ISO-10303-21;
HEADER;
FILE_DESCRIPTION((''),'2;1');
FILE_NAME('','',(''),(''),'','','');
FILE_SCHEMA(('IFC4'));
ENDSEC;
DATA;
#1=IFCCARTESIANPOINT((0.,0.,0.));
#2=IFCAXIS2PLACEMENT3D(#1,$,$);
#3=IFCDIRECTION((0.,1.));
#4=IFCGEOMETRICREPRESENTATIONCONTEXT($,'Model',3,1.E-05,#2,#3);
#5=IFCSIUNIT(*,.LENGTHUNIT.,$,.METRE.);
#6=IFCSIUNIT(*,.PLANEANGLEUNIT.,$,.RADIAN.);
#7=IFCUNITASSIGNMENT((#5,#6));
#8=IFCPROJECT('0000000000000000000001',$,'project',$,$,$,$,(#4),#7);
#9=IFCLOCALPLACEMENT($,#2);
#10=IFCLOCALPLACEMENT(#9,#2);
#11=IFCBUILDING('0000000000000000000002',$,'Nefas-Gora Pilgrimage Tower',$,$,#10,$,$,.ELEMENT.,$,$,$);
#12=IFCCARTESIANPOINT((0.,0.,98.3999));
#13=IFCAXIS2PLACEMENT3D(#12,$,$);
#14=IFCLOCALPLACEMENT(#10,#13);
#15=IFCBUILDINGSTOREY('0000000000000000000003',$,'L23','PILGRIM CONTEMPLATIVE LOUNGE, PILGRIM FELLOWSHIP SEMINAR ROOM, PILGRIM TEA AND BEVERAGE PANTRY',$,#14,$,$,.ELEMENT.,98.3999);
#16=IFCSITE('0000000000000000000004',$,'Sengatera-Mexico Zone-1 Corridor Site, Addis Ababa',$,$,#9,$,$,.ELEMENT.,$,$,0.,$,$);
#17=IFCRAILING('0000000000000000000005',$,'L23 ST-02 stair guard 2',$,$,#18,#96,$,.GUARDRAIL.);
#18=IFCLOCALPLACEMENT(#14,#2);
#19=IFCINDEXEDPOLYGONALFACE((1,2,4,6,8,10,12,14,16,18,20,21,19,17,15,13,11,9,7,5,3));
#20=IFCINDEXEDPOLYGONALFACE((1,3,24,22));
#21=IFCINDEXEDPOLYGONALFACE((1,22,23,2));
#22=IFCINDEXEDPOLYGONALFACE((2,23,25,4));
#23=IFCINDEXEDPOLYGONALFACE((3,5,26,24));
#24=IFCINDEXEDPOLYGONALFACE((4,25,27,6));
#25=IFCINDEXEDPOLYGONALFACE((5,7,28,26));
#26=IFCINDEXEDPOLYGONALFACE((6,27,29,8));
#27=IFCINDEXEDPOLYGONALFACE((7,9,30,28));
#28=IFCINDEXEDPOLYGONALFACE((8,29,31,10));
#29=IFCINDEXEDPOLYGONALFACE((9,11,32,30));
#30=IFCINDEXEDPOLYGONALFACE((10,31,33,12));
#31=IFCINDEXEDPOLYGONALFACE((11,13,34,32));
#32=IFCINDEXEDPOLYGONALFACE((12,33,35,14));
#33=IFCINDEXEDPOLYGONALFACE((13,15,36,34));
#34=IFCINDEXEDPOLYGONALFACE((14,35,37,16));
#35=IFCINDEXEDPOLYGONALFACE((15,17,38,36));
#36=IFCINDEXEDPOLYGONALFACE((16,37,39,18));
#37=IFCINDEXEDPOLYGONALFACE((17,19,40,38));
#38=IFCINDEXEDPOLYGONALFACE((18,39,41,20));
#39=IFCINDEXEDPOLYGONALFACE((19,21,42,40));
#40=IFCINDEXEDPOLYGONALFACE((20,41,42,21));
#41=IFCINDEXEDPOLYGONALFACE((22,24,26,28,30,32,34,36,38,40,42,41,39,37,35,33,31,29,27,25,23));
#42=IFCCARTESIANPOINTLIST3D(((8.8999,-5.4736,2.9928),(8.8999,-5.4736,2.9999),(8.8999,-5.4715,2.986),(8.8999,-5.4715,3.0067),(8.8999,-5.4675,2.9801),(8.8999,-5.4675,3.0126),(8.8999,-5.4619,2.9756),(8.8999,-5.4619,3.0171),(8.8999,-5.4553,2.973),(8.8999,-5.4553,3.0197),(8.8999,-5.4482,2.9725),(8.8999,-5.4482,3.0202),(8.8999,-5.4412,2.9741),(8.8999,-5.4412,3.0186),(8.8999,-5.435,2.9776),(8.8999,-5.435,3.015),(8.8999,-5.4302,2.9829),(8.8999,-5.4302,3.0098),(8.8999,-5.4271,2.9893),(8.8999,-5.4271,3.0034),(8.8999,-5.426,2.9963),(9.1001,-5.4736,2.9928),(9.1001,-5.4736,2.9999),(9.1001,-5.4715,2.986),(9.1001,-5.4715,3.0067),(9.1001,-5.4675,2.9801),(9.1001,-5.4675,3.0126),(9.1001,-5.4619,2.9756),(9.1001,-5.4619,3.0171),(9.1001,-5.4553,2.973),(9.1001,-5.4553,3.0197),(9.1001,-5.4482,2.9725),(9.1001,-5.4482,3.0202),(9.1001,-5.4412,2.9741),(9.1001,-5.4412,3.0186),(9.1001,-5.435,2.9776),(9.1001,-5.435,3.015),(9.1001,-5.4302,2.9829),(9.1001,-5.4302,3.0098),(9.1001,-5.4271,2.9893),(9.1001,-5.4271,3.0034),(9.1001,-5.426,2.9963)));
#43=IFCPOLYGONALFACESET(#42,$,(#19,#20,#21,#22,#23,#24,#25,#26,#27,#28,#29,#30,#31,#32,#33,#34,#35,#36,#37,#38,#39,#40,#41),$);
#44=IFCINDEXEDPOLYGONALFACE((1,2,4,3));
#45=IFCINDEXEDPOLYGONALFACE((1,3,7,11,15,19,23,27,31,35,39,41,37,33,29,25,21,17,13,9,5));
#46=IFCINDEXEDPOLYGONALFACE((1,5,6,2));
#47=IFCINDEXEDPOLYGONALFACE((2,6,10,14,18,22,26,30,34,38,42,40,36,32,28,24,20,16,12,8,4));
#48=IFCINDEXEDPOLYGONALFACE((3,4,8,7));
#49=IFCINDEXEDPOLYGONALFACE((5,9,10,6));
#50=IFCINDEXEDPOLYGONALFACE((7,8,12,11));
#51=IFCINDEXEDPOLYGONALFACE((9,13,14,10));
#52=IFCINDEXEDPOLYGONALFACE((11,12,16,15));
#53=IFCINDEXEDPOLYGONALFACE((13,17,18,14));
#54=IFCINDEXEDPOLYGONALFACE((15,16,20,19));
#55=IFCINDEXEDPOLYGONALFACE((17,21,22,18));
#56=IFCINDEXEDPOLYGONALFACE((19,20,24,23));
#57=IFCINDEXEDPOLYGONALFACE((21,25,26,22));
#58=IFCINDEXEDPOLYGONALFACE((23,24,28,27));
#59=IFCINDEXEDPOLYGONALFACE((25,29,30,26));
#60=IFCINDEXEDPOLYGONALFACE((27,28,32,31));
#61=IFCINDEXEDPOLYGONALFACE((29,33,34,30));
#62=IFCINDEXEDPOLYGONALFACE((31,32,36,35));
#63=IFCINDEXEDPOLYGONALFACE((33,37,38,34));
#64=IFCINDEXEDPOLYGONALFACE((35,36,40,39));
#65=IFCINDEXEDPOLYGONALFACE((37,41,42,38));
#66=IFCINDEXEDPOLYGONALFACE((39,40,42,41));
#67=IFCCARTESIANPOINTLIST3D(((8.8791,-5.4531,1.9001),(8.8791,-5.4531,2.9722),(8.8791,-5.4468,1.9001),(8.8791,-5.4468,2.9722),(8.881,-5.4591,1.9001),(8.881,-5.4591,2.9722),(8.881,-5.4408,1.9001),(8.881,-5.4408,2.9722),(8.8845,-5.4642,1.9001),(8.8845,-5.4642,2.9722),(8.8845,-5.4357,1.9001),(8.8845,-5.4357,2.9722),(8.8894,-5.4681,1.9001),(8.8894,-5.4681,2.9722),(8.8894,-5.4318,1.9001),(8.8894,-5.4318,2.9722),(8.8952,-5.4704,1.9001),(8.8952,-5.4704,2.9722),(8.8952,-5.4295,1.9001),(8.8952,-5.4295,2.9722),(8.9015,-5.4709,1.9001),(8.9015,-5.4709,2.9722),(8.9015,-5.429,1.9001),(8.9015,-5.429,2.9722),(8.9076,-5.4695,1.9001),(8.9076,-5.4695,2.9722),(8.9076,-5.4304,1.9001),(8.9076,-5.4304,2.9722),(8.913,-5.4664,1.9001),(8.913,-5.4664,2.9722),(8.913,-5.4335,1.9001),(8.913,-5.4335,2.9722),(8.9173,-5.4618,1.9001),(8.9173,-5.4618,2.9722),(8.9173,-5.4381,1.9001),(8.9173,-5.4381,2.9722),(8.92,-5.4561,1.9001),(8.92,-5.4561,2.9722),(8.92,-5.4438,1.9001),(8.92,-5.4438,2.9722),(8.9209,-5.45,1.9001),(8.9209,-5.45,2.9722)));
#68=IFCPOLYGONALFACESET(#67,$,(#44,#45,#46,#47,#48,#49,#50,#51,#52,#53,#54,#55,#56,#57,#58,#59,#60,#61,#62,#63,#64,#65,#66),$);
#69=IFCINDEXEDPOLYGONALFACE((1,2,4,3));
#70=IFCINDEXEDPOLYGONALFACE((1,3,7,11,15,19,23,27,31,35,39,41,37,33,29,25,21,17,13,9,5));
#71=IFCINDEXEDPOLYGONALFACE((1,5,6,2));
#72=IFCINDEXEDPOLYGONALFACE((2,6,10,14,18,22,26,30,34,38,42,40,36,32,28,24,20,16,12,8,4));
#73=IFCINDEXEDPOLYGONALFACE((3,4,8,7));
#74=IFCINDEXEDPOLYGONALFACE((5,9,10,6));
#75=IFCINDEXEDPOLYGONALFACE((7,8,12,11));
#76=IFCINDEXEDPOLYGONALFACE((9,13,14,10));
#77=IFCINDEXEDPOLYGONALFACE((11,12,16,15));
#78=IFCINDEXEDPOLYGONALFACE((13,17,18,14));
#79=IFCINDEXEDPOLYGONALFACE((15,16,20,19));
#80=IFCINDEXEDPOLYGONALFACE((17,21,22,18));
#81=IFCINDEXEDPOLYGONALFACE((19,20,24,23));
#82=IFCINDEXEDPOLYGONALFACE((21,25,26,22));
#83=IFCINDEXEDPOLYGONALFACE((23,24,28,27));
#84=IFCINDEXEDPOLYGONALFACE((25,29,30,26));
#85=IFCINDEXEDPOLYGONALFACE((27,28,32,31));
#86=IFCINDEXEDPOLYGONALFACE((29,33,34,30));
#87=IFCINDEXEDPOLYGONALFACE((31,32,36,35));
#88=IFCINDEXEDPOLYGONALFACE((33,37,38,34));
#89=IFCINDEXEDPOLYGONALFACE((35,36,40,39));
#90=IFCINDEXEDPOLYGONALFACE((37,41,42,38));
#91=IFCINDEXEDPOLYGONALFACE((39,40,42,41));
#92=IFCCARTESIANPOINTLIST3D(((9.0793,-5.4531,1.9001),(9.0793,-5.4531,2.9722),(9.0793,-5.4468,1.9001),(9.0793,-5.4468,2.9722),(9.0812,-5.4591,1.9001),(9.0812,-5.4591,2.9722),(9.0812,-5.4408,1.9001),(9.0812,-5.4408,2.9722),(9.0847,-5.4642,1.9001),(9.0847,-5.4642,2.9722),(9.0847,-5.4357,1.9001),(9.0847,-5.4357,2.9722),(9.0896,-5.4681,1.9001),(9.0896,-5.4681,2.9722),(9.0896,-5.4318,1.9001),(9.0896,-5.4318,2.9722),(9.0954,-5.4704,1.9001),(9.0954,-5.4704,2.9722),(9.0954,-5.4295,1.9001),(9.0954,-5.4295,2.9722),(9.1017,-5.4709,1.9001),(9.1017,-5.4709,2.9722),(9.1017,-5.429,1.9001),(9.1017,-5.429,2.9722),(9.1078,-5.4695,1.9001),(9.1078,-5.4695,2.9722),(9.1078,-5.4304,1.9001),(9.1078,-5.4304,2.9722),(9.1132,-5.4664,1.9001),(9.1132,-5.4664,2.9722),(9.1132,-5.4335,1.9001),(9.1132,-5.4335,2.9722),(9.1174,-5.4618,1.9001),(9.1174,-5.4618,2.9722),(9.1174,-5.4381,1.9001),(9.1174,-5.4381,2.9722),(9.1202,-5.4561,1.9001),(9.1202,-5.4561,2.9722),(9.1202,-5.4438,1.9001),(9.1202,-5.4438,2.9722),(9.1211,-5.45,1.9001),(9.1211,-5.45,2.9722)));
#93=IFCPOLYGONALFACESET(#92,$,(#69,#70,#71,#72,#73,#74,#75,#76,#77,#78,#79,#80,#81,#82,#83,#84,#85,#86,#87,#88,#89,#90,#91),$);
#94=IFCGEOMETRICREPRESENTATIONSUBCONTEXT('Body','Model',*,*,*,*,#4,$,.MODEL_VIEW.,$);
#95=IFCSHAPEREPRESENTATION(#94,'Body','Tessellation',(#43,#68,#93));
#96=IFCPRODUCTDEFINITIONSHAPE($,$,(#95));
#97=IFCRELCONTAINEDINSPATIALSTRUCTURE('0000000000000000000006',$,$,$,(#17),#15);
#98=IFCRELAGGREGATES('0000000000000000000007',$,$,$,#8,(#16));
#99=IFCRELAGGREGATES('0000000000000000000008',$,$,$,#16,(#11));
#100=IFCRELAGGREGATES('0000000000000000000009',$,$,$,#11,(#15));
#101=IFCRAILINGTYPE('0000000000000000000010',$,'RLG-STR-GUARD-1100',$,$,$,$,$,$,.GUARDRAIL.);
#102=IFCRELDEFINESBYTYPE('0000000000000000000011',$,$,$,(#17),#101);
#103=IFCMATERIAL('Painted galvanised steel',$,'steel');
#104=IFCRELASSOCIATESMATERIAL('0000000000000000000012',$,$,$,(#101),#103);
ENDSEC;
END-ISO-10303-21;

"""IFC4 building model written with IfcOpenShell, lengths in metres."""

from ifc_helpers import new_model, si_unit, direction, frame, origin, origin_2d, place, context, subcontext, project, spatial, circle, extrude, material, type_object, element, save


model = new_model("IFC4")

# Units and contexts
model_context = context("Model", 3, precision=1e-05, world=origin(), true_north=direction((0.0, 1.0)))
body_context = subcontext(model_context, "Body", "Model", "MODEL_VIEW")
ifc_project = project(units=[si_unit("LENGTHUNIT", "METRE"), si_unit("PLANEANGLEUNIT", "RADIAN")], contexts=[model_context])

# Site, building, storey
site_placement = place(None, origin())
site = spatial("IfcSite", under=ifc_project, at=site_placement, Name="Sengatera-Mexico Zone-1 Corridor Site, Addis Ababa", CompositionType="ELEMENT", RefElevation=0.0)
building_placement = place(site_placement, origin())
building = spatial("IfcBuilding", under=site, at=building_placement, Name="Nefas-Gora Pilgrimage Tower", CompositionType="ELEMENT")
storey_placement = place(building_placement, frame((0.0, 0.0, 98.3999)))
storey = spatial("IfcBuildingStorey", under=building, at=storey_placement, Name="L23", Description="PILGRIM CONTEMPLATIVE LOUNGE, PILGRIM FELLOWSHIP SEMINAR ROOM, PILGRIM TEA AND BEVERAGE PANTRY", CompositionType="ELEMENT", Elevation=98.3999)

# Railing
ifc_material_1 = material(Name="Painted galvanised steel", Category="steel")
railing_type_1 = type_object("IfcRailingType", Name="RLG-STR-GUARD-1100", PredefinedType="GUARDRAIL", material=ifc_material_1)
railing_1_placement = place(storey_placement, frame((8.8999, -5.45, 1.9001)))
element("IfcRailing", 1, at=railing_1_placement, inside=storey, type_object=railing_type_1, Name="L23 ST-02 stair guard 2", PredefinedType="GUARDRAIL", context=body_context, shape_type="SweptSolid", body=[
    extrude(circle(Radius=0.0239, at=origin_2d()), frame((0.0, 0.0, 1.0962), z_axis=(1.0, 0.0, 0.0), x_axis=(0.0, 1.0, 0.0)), (0.0, 0.0, 1.0), 0.2002),
    extrude(circle(Radius=0.021, at=origin_2d()), origin(), (0.0, 0.0, 1.0), 1.072),
    extrude(circle(Radius=0.021, at=origin_2d()), frame((0.2002, 0.0, 0.0)), (0.0, 0.0, 1.0), 1.072),
])

save(model, "model.ifc")
